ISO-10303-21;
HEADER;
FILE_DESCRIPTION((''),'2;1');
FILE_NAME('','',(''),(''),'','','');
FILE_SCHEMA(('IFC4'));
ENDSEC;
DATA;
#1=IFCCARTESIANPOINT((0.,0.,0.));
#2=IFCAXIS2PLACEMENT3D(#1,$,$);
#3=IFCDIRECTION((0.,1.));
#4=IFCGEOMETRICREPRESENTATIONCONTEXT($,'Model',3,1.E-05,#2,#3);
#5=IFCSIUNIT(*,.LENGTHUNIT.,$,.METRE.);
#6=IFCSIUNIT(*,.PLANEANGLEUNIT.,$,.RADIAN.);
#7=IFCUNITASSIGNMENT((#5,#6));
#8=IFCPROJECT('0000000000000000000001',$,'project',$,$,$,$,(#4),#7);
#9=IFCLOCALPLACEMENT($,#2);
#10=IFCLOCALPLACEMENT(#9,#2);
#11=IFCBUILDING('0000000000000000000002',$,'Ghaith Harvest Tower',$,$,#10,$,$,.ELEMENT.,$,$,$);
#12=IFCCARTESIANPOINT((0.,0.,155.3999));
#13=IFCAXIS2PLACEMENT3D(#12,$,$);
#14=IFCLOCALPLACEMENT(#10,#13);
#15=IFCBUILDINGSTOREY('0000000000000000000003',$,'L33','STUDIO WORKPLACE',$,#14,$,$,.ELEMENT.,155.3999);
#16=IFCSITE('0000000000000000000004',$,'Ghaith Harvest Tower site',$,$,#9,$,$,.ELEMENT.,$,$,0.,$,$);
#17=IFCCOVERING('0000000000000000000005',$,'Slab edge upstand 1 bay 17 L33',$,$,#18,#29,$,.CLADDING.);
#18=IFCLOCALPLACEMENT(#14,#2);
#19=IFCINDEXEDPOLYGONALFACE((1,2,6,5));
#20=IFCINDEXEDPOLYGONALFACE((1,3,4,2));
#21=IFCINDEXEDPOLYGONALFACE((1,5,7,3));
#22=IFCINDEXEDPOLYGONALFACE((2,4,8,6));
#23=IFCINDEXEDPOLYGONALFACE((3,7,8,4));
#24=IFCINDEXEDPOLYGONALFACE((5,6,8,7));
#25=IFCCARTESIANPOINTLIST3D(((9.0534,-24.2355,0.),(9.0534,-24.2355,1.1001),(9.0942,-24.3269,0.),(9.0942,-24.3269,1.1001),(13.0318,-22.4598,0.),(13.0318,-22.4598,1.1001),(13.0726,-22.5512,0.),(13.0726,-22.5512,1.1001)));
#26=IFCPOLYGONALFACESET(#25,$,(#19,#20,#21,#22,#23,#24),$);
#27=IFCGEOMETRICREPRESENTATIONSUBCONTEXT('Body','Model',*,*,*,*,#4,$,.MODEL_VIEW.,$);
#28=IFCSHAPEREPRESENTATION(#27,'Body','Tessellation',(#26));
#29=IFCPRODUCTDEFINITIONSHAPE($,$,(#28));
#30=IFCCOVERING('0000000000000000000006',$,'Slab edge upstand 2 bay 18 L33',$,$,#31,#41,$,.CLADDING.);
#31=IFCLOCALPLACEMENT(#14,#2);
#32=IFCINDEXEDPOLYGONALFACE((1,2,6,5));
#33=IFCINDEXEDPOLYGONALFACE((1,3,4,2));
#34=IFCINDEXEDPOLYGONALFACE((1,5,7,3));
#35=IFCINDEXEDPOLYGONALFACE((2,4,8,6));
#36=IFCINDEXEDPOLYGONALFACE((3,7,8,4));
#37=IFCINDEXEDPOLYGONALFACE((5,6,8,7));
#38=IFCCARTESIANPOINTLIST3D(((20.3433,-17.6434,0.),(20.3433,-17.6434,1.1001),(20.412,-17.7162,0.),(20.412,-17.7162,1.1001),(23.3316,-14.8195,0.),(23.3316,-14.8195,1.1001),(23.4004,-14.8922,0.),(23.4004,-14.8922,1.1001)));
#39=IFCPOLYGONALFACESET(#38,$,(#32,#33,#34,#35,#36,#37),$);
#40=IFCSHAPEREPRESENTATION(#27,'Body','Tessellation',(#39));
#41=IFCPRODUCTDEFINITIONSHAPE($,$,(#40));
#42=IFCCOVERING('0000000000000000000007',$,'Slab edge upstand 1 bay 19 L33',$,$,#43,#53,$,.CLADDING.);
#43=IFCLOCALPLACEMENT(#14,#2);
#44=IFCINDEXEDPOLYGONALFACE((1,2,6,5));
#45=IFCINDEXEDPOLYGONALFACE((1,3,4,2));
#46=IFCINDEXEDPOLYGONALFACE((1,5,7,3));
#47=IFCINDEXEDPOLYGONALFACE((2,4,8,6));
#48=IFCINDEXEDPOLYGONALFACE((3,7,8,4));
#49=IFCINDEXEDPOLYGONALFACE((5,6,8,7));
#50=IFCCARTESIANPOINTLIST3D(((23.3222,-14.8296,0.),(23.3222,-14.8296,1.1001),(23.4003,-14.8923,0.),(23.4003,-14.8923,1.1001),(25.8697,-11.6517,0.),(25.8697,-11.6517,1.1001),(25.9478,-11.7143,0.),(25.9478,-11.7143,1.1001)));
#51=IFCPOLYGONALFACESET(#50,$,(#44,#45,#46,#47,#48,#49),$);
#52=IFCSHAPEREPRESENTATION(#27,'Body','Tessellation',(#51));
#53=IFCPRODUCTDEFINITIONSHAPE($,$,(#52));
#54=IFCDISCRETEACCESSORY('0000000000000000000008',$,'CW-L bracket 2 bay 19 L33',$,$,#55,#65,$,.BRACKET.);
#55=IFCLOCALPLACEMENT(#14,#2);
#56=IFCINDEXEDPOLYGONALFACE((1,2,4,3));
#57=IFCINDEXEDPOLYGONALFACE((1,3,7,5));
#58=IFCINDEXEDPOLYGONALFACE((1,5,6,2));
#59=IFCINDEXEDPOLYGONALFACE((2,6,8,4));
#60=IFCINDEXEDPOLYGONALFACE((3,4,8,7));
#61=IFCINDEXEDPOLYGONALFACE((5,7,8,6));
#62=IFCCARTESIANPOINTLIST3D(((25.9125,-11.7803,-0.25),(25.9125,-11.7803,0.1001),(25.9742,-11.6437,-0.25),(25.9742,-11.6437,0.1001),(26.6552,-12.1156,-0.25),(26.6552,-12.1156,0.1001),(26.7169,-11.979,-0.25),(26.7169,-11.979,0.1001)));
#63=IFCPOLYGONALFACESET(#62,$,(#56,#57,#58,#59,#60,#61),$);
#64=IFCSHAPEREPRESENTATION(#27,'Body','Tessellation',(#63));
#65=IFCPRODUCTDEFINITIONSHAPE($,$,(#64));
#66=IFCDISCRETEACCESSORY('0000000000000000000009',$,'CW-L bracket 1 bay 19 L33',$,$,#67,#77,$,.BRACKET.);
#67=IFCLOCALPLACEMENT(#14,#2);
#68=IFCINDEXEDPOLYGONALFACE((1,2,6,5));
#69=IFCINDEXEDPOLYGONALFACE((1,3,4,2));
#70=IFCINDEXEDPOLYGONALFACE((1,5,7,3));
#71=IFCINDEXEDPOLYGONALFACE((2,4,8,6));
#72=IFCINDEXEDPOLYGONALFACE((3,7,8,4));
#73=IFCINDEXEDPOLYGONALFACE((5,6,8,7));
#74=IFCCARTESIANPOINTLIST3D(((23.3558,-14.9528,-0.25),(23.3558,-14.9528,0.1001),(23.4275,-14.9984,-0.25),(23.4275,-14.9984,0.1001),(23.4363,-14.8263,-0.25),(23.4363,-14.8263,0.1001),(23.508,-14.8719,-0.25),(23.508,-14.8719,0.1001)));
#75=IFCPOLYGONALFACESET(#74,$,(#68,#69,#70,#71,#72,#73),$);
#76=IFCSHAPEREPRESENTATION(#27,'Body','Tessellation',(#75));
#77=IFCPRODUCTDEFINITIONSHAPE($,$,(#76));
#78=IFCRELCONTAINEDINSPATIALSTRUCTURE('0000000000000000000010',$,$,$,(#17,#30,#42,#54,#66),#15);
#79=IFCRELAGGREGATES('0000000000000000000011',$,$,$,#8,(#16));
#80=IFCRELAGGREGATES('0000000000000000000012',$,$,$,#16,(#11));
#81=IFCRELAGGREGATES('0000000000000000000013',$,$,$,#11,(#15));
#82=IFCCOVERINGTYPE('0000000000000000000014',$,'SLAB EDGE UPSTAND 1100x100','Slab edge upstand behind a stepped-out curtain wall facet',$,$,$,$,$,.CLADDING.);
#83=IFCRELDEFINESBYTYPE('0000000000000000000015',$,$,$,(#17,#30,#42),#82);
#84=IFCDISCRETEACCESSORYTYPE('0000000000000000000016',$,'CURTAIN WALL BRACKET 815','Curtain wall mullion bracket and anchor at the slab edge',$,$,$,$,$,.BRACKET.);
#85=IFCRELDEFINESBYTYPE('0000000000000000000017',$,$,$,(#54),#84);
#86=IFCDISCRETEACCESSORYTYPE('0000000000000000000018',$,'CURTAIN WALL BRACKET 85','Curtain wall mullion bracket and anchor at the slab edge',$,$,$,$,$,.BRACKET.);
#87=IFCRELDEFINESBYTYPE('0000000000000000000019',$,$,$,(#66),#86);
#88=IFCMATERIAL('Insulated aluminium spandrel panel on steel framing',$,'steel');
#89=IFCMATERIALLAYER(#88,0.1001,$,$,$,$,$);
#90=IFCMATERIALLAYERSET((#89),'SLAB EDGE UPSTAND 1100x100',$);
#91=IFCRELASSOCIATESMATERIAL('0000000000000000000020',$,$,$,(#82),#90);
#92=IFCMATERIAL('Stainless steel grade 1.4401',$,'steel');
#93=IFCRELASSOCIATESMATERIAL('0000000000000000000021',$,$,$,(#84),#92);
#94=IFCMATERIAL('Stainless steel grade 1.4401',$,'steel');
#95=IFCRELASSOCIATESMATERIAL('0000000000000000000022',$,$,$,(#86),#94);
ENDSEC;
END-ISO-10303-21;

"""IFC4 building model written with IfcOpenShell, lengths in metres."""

from ifc_helpers import new_model, si_unit, direction, frame, origin, origin_2d, place, context, subcontext, project, spatial, rectangle, extrude, material, layer, layer_set, type_object, element, save


model = new_model("IFC4")

# Units and contexts
model_context = context("Model", 3, precision=1e-05, world=origin(), true_north=direction((0.0, 1.0)))
body_context = subcontext(model_context, "Body", "Model", "MODEL_VIEW")
ifc_project = project(units=[si_unit("LENGTHUNIT", "METRE"), si_unit("PLANEANGLEUNIT", "RADIAN")], contexts=[model_context])

# Site, building, storey
site_placement = place(None, origin())
site = spatial("IfcSite", under=ifc_project, at=site_placement, Name="Ghaith Harvest Tower site", CompositionType="ELEMENT", RefElevation=0.0)
building_placement = place(site_placement, origin())
building = spatial("IfcBuilding", under=site, at=building_placement, Name="Ghaith Harvest Tower", CompositionType="ELEMENT")
storey_placement = place(building_placement, frame((0.0, 0.0, 155.3999)))
storey = spatial("IfcBuildingStorey", under=building, at=storey_placement, Name="L33", Description="STUDIO WORKPLACE", CompositionType="ELEMENT", Elevation=155.3999)

# Coverings
ifc_material_1 = material(Name="Insulated aluminium spandrel panel on steel framing", Category="steel")
ifc_layer_1 = layer(ifc_material_1, 0.1001)
ifc_layer_set_1 = layer_set([ifc_layer_1], Name="SLAB EDGE UPSTAND 1100x100")
covering_type = type_object("IfcCoveringType", Name="SLAB EDGE UPSTAND 1100x100", Description="Slab edge upstand behind a stepped-out curtain wall facet", PredefinedType="CLADDING", material=ifc_layer_set_1)
covering_1_placement = place(storey_placement, frame((11.063, -23.3933, 0.0), z_axis=(0.0, 0.0, 1.0), x_axis=(0.91317, 0.407578, 0.0)))
element("IfcCovering", 1, at=covering_1_placement, inside=storey, type_object=covering_type, Name="Slab edge upstand 1 bay 17 L33", PredefinedType="CLADDING", context=body_context, shape_type="SweptSolid", body=[
    extrude(rectangle(XDim=4.3567, YDim=0.1001, at=origin_2d()), origin(), (0.0, 0.0, 1.0), 1.1001),
])
covering_2_placement = place(storey_placement, frame((21.8718, -16.2678, 0.0), z_axis=(0.0, 0.0, 1.0), x_axis=(0.72681, 0.686839, 0.0)))
element("IfcCovering", 2, at=covering_2_placement, inside=storey, type_object=covering_type, Name="Slab edge upstand 2 bay 18 L33", PredefinedType="CLADDING", context=body_context, shape_type="SweptSolid", body=[
    extrude(rectangle(XDim=4.1116, YDim=0.1001, at=origin_2d()), origin(), (0.0, 0.0, 1.0), 1.1001),
])
covering_3_placement = place(storey_placement, frame((24.635, -13.272, 0.0), z_axis=(0.0, 0.0, 1.0), x_axis=(0.625468, 0.78025, 0.0)))
element("IfcCovering", 3, at=covering_3_placement, inside=storey, type_object=covering_type, Name="Slab edge upstand 1 bay 19 L33", PredefinedType="CLADDING", context=body_context, shape_type="SweptSolid", body=[
    extrude(rectangle(XDim=4.073, YDim=0.1001, at=origin_2d()), origin(), (0.0, 0.0, 1.0), 1.1001),
])

# Discrete accessories
ifc_material_2 = material(Name="Stainless steel grade 1.4401", Category="steel")
discrete_accessory_type_1 = type_object("IfcDiscreteAccessoryType", Name="CURTAIN WALL BRACKET 815", Description="Curtain wall mullion bracket and anchor at the slab edge", PredefinedType="BRACKET", material=ifc_material_2)
discrete_accessory_1_placement = place(storey_placement, frame((26.3147, -11.8796, -0.25), z_axis=(0.0, 0.0, 1.0), x_axis=(0.911427, -0.411462, 0.0)))
element("IfcDiscreteAccessory", 4, at=discrete_accessory_1_placement, inside=storey, type_object=discrete_accessory_type_1, Name="CW-L bracket 2 bay 19 L33", PredefinedType="BRACKET", context=body_context, shape_type="SweptSolid", body=[
    extrude(rectangle(XDim=0.8149, YDim=0.1499, at=origin_2d()), origin(), (0.0, 0.0, 1.0), 0.3501),
])
ifc_material_3 = material(Name="Stainless steel grade 1.4401", Category="steel")
discrete_accessory_type_2 = type_object("IfcDiscreteAccessoryType", Name="CURTAIN WALL BRACKET 85", Description="Curtain wall mullion bracket and anchor at the slab edge", PredefinedType="BRACKET", material=ifc_material_3)
discrete_accessory_2_placement = place(storey_placement, frame((23.4319, -14.9124, -0.25), z_axis=(0.0, 0.0, 1.0), x_axis=(0.843644, -0.536903, 0.0)))
element("IfcDiscreteAccessory", 5, at=discrete_accessory_2_placement, inside=storey, type_object=discrete_accessory_type_2, Name="CW-L bracket 1 bay 19 L33", PredefinedType="BRACKET", context=body_context, shape_type="SweptSolid", body=[
    extrude(rectangle(XDim=0.085, YDim=0.1499, at=origin_2d()), origin(), (0.0, 0.0, 1.0), 0.3501),
])

save(model, "model.ifc")
